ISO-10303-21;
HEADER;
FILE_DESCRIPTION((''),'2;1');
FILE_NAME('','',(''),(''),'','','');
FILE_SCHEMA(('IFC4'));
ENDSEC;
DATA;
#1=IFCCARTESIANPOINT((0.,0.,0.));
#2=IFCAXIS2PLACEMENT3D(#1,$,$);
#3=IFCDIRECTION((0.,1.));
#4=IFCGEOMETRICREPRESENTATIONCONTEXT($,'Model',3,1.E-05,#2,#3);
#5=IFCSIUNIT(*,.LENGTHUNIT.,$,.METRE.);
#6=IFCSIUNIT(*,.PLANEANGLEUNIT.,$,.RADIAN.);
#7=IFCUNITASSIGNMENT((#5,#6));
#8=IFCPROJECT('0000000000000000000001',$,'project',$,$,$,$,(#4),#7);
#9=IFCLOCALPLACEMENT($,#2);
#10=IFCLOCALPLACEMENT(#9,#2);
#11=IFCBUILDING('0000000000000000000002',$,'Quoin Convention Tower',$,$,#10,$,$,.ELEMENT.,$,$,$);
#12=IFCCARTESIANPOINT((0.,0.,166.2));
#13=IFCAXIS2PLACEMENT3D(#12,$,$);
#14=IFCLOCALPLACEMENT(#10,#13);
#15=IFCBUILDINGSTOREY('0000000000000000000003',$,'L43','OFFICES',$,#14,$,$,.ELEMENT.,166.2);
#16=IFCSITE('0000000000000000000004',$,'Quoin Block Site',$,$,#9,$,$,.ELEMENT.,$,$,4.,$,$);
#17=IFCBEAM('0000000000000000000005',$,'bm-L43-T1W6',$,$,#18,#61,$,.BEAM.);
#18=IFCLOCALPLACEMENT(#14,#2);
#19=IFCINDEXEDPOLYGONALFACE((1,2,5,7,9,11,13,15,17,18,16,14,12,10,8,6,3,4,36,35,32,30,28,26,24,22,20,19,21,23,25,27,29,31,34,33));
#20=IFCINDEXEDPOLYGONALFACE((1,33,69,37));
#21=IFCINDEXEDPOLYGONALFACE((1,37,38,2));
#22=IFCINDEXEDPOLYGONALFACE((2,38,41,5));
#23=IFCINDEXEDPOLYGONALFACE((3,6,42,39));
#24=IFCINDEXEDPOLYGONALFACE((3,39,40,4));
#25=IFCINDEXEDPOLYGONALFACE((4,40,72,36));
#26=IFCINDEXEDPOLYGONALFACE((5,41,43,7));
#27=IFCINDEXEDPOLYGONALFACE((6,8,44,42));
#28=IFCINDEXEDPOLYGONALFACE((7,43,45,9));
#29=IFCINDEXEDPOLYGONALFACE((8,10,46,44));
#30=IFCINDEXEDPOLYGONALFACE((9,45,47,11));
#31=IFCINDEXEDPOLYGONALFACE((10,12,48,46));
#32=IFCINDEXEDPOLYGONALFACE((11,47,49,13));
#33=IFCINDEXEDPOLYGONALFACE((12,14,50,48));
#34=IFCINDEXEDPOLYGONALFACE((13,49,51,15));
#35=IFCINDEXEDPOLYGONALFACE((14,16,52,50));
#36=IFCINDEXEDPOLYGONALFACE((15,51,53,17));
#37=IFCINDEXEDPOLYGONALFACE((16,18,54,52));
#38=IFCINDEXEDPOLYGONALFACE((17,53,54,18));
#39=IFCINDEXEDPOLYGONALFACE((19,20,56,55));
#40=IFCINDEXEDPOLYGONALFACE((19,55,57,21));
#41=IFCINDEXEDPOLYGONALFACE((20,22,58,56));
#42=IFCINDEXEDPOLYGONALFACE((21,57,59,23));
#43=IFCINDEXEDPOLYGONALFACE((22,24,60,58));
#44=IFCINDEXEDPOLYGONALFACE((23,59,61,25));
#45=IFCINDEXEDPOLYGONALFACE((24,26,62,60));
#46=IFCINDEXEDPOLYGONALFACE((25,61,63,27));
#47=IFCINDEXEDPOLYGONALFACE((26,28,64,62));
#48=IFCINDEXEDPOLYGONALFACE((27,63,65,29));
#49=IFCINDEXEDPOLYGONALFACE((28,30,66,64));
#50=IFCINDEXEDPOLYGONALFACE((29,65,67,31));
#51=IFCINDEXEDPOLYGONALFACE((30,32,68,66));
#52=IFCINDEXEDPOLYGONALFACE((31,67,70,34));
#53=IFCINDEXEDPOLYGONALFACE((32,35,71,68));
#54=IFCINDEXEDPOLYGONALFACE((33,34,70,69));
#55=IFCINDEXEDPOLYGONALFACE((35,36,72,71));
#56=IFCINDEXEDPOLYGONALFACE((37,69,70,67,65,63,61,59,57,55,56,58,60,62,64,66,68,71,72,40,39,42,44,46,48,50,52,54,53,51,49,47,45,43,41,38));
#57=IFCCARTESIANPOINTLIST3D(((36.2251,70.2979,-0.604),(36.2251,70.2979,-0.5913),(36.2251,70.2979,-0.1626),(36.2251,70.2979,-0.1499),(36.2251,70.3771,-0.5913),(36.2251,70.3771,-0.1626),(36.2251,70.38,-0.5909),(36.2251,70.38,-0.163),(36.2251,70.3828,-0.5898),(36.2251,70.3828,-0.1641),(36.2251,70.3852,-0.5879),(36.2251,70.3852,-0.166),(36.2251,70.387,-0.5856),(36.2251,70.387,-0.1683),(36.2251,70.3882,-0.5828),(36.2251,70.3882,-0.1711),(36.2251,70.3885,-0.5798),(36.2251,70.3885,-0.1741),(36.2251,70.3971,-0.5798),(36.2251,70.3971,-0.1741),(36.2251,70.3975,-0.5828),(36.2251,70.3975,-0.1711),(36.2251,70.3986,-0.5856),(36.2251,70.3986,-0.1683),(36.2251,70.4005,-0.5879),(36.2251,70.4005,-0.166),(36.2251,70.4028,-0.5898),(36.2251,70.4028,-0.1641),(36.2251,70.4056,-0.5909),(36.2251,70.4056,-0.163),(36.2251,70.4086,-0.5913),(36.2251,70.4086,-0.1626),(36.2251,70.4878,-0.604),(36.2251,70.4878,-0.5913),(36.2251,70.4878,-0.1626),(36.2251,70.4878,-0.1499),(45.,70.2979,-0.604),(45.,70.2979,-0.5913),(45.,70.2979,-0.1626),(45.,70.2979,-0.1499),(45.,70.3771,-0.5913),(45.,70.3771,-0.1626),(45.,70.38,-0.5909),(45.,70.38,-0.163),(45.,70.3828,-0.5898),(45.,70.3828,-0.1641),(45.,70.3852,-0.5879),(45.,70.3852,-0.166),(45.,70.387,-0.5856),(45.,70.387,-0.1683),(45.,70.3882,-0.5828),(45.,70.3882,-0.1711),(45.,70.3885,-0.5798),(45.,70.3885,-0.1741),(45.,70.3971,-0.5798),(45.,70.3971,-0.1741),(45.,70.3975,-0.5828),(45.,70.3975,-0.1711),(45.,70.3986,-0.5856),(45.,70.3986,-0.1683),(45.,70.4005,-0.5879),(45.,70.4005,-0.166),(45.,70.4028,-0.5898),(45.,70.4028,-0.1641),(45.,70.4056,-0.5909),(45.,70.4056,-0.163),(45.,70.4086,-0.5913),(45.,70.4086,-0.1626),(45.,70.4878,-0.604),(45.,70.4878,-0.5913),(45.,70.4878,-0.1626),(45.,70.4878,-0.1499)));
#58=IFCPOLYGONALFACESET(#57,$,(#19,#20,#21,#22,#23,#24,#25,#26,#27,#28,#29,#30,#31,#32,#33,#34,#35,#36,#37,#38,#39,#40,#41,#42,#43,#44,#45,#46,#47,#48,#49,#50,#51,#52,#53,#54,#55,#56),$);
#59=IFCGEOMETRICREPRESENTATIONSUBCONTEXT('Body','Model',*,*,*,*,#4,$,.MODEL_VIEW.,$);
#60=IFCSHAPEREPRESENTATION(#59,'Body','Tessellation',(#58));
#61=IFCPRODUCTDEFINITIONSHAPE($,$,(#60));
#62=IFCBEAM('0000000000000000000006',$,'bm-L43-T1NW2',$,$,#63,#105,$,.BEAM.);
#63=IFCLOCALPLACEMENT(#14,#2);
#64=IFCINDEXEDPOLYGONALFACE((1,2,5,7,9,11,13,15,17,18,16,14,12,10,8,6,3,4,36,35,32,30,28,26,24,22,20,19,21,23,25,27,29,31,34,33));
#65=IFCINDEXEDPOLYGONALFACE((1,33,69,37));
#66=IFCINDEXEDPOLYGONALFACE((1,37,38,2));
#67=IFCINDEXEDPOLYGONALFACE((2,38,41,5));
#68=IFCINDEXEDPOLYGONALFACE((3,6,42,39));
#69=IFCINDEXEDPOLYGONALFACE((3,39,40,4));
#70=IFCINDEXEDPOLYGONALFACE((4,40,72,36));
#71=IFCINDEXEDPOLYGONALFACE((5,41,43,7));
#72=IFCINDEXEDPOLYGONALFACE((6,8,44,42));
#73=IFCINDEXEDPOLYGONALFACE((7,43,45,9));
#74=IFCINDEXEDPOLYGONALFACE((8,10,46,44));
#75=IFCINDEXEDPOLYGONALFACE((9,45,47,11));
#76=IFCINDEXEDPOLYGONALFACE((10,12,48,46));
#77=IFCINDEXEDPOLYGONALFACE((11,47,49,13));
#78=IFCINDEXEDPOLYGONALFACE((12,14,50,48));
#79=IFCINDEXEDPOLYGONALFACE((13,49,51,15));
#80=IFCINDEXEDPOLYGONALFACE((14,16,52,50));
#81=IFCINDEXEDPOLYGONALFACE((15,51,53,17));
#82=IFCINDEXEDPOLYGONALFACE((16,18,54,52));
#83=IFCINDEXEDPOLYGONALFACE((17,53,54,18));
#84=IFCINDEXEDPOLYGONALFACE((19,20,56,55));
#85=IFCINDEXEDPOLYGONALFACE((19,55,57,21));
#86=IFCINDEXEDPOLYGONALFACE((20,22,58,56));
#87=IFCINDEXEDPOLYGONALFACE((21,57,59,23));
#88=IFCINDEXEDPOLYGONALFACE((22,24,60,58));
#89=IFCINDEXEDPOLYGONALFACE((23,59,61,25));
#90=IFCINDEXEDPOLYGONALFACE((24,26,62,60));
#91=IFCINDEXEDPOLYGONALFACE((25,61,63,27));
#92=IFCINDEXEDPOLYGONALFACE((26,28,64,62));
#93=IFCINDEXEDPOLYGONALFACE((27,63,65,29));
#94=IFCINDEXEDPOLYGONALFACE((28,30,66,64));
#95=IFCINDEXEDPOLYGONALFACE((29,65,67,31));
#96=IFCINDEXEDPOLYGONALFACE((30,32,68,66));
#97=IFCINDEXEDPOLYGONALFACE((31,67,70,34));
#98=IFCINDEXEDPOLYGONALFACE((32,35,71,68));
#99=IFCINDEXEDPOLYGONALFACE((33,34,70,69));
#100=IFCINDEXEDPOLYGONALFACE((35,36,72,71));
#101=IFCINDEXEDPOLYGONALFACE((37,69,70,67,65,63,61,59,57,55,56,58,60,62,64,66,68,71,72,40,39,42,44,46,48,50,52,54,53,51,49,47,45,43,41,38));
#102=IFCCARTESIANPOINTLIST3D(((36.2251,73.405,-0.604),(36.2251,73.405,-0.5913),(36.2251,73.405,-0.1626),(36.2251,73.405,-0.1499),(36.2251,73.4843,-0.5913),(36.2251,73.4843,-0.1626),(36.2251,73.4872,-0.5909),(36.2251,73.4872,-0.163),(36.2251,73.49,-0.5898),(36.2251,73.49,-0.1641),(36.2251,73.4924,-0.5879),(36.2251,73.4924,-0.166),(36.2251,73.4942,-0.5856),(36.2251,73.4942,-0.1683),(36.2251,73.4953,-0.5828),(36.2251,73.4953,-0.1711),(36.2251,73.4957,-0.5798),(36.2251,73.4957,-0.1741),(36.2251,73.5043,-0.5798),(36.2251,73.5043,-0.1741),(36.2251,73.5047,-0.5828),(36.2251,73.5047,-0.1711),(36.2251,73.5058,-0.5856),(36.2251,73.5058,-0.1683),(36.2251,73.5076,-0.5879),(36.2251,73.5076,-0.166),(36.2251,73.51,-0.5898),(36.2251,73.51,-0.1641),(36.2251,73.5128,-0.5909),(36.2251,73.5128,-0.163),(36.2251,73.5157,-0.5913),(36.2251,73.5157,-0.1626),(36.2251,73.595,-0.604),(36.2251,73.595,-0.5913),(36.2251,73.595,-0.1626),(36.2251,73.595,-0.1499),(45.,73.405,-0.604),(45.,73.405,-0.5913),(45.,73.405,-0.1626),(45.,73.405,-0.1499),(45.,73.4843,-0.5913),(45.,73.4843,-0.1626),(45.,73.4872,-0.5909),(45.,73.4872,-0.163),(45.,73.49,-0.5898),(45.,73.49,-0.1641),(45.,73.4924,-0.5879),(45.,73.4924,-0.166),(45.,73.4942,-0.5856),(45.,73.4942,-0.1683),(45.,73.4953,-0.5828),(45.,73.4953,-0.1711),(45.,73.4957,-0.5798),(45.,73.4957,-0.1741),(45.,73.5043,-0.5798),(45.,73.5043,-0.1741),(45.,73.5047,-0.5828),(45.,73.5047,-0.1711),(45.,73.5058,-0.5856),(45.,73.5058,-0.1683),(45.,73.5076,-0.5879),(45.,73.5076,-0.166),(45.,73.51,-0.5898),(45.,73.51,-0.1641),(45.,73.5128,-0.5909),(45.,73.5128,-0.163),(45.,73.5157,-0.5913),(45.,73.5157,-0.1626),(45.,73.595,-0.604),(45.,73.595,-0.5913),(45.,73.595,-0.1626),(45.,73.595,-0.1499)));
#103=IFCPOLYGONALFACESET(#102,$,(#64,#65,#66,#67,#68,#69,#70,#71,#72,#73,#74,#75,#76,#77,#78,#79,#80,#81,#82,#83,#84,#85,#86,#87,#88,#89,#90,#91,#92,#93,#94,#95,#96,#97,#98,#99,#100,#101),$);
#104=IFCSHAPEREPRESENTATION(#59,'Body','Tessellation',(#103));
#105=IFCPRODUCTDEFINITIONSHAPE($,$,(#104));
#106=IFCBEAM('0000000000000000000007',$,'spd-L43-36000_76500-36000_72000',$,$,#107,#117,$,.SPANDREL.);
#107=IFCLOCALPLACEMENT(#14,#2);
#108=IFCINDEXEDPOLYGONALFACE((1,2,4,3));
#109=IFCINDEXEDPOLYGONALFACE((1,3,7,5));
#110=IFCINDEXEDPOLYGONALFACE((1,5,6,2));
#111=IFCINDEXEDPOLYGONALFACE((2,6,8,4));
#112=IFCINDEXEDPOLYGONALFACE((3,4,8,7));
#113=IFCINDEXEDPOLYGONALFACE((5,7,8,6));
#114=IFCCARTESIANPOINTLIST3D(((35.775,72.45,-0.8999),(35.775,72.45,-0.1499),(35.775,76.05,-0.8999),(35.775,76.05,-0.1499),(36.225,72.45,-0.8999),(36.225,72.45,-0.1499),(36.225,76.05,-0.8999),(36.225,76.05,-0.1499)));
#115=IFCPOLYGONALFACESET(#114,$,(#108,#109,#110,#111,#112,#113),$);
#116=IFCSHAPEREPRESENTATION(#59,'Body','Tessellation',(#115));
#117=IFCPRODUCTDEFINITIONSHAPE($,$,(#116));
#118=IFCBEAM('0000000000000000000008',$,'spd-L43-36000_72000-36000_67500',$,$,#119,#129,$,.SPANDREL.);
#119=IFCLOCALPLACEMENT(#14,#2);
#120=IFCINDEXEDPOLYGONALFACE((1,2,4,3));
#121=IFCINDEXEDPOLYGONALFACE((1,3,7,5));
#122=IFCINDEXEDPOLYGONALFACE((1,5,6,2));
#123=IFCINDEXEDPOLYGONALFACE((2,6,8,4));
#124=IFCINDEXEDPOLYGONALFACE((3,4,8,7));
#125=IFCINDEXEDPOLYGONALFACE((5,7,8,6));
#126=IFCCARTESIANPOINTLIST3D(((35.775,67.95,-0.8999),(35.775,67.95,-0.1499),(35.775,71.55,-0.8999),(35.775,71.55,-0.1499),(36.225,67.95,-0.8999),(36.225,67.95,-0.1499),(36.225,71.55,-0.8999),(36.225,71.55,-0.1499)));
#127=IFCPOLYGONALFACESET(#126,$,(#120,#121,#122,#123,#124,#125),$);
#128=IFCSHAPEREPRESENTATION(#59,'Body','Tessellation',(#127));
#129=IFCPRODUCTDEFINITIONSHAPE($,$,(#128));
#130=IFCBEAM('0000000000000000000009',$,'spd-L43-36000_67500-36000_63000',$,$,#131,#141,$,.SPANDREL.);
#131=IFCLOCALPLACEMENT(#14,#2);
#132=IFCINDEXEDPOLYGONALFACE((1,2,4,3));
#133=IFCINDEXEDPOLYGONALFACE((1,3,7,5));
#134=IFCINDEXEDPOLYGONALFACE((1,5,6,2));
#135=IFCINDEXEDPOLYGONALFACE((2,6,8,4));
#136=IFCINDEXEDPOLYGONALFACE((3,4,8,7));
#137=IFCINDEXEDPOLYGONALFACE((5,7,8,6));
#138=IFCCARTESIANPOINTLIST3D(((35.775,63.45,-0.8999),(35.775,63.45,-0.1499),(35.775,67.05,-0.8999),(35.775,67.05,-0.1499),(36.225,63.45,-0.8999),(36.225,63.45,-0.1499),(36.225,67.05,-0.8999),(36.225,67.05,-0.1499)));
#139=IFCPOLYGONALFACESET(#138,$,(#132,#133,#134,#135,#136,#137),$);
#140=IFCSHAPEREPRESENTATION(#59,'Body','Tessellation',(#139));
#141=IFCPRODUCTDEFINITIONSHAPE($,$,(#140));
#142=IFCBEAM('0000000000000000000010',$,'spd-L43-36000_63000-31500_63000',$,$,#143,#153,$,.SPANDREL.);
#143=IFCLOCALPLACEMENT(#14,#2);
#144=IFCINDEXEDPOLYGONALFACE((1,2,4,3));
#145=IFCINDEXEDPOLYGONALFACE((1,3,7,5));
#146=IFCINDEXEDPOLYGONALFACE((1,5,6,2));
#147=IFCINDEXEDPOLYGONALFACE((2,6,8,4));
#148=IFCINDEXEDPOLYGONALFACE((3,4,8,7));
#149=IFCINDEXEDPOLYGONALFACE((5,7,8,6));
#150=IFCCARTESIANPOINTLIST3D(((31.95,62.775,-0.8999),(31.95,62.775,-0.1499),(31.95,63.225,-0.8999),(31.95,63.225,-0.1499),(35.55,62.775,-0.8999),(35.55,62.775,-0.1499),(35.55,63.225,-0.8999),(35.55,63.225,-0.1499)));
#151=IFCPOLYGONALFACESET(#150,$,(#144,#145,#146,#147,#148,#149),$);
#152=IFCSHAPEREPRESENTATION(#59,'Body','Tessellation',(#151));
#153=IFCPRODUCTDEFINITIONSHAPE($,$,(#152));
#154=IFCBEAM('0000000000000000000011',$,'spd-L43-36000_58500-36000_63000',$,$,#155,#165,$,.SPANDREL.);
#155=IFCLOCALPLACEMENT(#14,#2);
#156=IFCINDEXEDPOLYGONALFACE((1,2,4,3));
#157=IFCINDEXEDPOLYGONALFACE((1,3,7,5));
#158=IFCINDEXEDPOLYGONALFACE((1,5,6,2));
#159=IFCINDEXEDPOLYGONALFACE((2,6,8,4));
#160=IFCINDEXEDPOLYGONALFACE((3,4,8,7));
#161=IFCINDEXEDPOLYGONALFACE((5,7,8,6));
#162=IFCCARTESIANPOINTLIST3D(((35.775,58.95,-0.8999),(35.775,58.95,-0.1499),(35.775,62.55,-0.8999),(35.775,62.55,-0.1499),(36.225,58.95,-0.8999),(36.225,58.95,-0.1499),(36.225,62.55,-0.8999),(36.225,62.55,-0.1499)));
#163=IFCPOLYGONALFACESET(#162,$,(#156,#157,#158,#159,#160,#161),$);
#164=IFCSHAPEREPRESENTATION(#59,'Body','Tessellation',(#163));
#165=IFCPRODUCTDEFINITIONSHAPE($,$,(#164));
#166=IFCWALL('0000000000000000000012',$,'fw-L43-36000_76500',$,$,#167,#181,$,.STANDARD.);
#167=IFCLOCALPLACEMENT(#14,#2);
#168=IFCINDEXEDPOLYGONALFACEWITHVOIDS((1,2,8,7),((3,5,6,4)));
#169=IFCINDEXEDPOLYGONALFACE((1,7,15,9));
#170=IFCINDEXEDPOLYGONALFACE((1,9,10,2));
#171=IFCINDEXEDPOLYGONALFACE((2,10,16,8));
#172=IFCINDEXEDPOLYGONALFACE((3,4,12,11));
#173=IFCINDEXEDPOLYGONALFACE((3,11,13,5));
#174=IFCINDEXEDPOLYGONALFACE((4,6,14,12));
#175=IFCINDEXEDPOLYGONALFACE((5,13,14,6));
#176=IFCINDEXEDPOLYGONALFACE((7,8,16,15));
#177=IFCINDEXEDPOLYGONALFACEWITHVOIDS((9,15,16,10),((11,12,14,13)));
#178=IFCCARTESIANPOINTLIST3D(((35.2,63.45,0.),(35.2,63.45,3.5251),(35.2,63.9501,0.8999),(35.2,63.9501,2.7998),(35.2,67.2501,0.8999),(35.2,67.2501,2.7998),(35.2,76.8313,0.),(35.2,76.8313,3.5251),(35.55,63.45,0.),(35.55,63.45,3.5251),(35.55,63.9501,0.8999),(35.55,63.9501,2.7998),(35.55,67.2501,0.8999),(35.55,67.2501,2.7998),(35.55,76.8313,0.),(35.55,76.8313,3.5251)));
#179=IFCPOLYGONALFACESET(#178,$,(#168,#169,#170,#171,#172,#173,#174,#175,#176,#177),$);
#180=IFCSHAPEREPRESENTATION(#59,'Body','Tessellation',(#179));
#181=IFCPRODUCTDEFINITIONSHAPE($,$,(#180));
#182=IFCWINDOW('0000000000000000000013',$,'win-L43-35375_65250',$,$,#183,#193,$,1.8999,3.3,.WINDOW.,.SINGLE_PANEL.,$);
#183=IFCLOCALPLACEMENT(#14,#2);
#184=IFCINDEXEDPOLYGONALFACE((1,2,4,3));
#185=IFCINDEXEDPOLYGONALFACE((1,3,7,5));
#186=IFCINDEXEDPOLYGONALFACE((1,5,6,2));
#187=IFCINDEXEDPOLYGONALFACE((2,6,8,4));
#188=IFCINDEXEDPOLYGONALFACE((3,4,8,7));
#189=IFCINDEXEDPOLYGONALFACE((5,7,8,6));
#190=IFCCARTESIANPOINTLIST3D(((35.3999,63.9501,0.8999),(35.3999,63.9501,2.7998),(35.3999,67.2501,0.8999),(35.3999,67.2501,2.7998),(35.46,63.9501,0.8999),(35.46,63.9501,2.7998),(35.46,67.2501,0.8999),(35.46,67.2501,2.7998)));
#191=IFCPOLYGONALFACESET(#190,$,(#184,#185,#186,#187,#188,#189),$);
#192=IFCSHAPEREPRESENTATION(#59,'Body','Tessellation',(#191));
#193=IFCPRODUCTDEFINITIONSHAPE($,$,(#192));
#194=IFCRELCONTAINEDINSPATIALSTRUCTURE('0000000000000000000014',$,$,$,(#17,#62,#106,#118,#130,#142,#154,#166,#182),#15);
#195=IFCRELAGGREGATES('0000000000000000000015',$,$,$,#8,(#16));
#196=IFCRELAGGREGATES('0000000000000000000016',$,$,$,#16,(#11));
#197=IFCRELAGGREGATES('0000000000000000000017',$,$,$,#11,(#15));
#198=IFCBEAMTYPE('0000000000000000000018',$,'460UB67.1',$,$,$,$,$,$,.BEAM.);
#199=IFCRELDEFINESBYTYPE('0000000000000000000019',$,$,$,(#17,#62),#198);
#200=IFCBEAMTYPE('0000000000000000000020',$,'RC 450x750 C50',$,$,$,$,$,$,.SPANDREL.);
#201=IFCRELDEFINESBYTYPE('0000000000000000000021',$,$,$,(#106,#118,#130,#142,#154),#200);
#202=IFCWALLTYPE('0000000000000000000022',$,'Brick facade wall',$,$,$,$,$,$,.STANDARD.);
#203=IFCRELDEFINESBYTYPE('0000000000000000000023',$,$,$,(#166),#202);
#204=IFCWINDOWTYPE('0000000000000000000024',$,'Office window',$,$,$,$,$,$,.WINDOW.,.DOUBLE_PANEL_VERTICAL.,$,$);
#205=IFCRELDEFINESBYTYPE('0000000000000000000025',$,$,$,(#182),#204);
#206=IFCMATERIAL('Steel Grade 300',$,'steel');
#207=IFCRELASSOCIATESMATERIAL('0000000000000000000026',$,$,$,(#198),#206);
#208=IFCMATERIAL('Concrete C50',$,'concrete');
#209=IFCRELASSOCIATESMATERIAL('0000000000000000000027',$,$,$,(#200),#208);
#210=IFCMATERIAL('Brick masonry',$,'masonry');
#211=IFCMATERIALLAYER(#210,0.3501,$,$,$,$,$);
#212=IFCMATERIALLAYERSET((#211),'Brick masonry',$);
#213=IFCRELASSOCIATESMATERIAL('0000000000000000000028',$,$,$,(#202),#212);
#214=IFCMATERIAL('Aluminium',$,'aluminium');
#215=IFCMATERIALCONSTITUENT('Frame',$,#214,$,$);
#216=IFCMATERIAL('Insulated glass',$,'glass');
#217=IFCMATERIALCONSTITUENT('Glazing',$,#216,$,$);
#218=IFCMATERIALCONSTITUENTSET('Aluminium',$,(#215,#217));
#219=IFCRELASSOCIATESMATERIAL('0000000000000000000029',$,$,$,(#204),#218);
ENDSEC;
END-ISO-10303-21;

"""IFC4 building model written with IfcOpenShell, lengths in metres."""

from ifc_helpers import new_model, si_unit, direction, frame, frame_2d, origin, origin_2d, place, context, subcontext, project, spatial, rectangle, i_section, extrude, material, layer, layer_set, constituent, constituent_set, material_profile, profile_set, type_object, element, fill, save


model = new_model("IFC4")

# Units and contexts
model_context = context("Model", 3, precision=1e-05, world=origin(), true_north=direction((0.0, 1.0)))
body_context = subcontext(model_context, "Body", "Model", "MODEL_VIEW")
ifc_project = project(units=[si_unit("LENGTHUNIT", "METRE"), si_unit("PLANEANGLEUNIT", "RADIAN")], contexts=[model_context])

# Site, building, storey
site_placement = place(None, origin())
site = spatial("IfcSite", under=ifc_project, at=site_placement, Name="Quoin Block Site", CompositionType="ELEMENT", RefElevation=4.0)
building_placement = place(site_placement, origin())
building = spatial("IfcBuilding", under=site, at=building_placement, Name="Quoin Convention Tower", CompositionType="ELEMENT")
storey_placement = place(building_placement, frame((0.0, 0.0, 166.2)))
storey = spatial("IfcBuildingStorey", under=building, at=storey_placement, Name="L43", Description="OFFICES", CompositionType="ELEMENT", Elevation=166.2)

# Shared definitions
ifc_material_1 = material(Name="Concrete C50", Category="concrete")

# Beams
ifc_material_2 = material(Name="Steel Grade 300", Category="steel")
ifc_material_profile_1 = material_profile(ifc_material_2, i_section(OverallWidth=0.1899, OverallDepth=0.4541, WebThickness=0.0085, FlangeThickness=0.0127, FilletRadius=0.0115, at=origin_2d()), Name="460UB67.1")
ifc_profile_set_1 = profile_set([ifc_material_profile_1], Name="Steel Grade 300")
beam_type_1 = type_object("IfcBeamType", Name="460UB67.1", PredefinedType="BEAM", material=ifc_profile_set_1)
for number, where, z_axis, x_axis, name in (
    (1, (36.2251, 70.3928, -0.377), (1.0, 0.0, 0.0), (0.0, 1.0, 0.0), "bm-L43-T1W6"),
    (2, (36.2251, 73.5, -0.377), (1.0, 0.0, 0.0), (0.0, 1.0, 0.0), "bm-L43-T1NW2"),
):
    element("IfcBeam", number, at=place(storey_placement, frame(where, z_axis=z_axis, x_axis=x_axis)), inside=storey, type_object=beam_type_1, Name=name, PredefinedType="BEAM", context=body_context, shape_type="SweptSolid", body=[
        extrude(i_section(OverallWidth=0.1899, OverallDepth=0.4541, WebThickness=0.0085, FlangeThickness=0.0127, FilletRadius=0.0115, at=origin_2d()), origin(), (0.0, 0.0, 1.0), 8.7749),
    ])
ifc_material_profile_2 = material_profile(ifc_material_1, rectangle(XDim=0.45, YDim=0.75, at=origin_2d()), Name="RC 450x750")
ifc_profile_set_2 = profile_set([ifc_material_profile_2], Name="Concrete C50")
beam_type_2 = type_object("IfcBeamType", Name="RC 450x750 C50", PredefinedType="SPANDREL", material=ifc_profile_set_2)
for number, where, z_axis, x_axis, name in (
    (3, (36.0, 76.05, -0.5249), (0.0, -1.0, 0.0), (1.0, 0.0, 0.0), "spd-L43-36000_76500-36000_72000"),
    (4, (36.0, 71.55, -0.5249), (0.0, -1.0, 0.0), (1.0, 0.0, 0.0), "spd-L43-36000_72000-36000_67500"),
    (5, (36.0, 67.05, -0.5249), (0.0, -1.0, 0.0), (1.0, 0.0, 0.0), "spd-L43-36000_67500-36000_63000"),
    (6, (35.55, 63.0, -0.5249), (-1.0, 0.0, 0.0), (0.0, -1.0, 0.0), "spd-L43-36000_63000-31500_63000"),
    (7, (36.0, 58.95, -0.5249), (0.0, 1.0, 0.0), (-1.0, 0.0, 0.0), "spd-L43-36000_58500-36000_63000"),
):
    element("IfcBeam", number, at=place(storey_placement, frame(where, z_axis=z_axis, x_axis=x_axis)), inside=storey, type_object=beam_type_2, Name=name, PredefinedType="SPANDREL", context=body_context, shape_type="SweptSolid", body=[
        extrude(rectangle(XDim=0.45, YDim=0.75, at=origin_2d()), origin(), (0.0, 0.0, 1.0), 3.6001),
    ])

# Wall, opening, window
ifc_material_3 = material(Name="Brick masonry", Category="masonry")
ifc_layer_1 = layer(ifc_material_3, 0.3501)
ifc_layer_set_1 = layer_set([ifc_layer_1], Name="Brick masonry")
wall_type_1 = type_object("IfcWallType", Name="Brick facade wall", PredefinedType="STANDARD", material=ifc_layer_set_1)
wall_1_placement = place(storey_placement, frame((35.375, 76.8313, 0.0), z_axis=(0.0, 0.0, 1.0), x_axis=(0.0, -1.0, 0.0)))
wall_1 = element("IfcWall", 8, at=wall_1_placement, inside=storey, type_object=wall_type_1, Name="fw-L43-36000_76500", PredefinedType="STANDARD", context=body_context, shape_type="SweptSolid", body=[
    extrude(rectangle(XDim=13.3813, YDim=0.3501, at=frame_2d((6.6907, 0.0))), origin(), (0.0, 0.0, 1.0), 3.5251),
])
opening_1_placement = place(wall_1_placement, frame((9.5813, 0.0, 0.8999)))
opening_1 = element("IfcOpeningElement", 9, at=opening_1_placement, cuts=wall_1, PredefinedType="OPENING", context=body_context, shape_type="SweptSolid", body=[
    extrude(rectangle(XDim=3.3, YDim=1.8999, at=frame_2d((1.6499, 0.95))), frame((0.0, 0.1851, 0.0), z_axis=(0.0, -1.0, 0.0), x_axis=(1.0, 0.0, 0.0)), (0.0, 0.0, 1.0), 0.3701),
])
ifc_material_4 = material(Name="Aluminium", Category="aluminium")
ifc_constituent_1 = constituent(ifc_material_4, Name="Frame")
ifc_material_5 = material(Name="Insulated glass", Category="glass")
ifc_constituent_2 = constituent(ifc_material_5, Name="Glazing")
ifc_constituent_set = constituent_set(constituents=[ifc_constituent_1, ifc_constituent_2], Name="Aluminium")
window_type = type_object("IfcWindowType", Name="Office window", PartitioningType="DOUBLE_PANEL_VERTICAL", PredefinedType="WINDOW", material=ifc_constituent_set)
window_1_placement = place(opening_1_placement, origin())
window_1 = element("IfcWindow", 10, at=window_1_placement, inside=storey, type_object=window_type, Name="win-L43-35375_65250", OverallHeight=1.8999, OverallWidth=3.3, PartitioningType="SINGLE_PANEL", PredefinedType="WINDOW", context=body_context, shape_type="SweptSolid", body=[
    extrude(rectangle(XDim=3.3, YDim=1.8999, at=frame_2d((1.6499, 0.95))), frame((0.0, 0.085, 0.0), z_axis=(0.0, -1.0, 0.0), x_axis=(1.0, 0.0, 0.0)), (0.0, 0.0, 1.0), 0.0601),
])
fill(opening_1, window_1)

save(model, "model.ifc")
